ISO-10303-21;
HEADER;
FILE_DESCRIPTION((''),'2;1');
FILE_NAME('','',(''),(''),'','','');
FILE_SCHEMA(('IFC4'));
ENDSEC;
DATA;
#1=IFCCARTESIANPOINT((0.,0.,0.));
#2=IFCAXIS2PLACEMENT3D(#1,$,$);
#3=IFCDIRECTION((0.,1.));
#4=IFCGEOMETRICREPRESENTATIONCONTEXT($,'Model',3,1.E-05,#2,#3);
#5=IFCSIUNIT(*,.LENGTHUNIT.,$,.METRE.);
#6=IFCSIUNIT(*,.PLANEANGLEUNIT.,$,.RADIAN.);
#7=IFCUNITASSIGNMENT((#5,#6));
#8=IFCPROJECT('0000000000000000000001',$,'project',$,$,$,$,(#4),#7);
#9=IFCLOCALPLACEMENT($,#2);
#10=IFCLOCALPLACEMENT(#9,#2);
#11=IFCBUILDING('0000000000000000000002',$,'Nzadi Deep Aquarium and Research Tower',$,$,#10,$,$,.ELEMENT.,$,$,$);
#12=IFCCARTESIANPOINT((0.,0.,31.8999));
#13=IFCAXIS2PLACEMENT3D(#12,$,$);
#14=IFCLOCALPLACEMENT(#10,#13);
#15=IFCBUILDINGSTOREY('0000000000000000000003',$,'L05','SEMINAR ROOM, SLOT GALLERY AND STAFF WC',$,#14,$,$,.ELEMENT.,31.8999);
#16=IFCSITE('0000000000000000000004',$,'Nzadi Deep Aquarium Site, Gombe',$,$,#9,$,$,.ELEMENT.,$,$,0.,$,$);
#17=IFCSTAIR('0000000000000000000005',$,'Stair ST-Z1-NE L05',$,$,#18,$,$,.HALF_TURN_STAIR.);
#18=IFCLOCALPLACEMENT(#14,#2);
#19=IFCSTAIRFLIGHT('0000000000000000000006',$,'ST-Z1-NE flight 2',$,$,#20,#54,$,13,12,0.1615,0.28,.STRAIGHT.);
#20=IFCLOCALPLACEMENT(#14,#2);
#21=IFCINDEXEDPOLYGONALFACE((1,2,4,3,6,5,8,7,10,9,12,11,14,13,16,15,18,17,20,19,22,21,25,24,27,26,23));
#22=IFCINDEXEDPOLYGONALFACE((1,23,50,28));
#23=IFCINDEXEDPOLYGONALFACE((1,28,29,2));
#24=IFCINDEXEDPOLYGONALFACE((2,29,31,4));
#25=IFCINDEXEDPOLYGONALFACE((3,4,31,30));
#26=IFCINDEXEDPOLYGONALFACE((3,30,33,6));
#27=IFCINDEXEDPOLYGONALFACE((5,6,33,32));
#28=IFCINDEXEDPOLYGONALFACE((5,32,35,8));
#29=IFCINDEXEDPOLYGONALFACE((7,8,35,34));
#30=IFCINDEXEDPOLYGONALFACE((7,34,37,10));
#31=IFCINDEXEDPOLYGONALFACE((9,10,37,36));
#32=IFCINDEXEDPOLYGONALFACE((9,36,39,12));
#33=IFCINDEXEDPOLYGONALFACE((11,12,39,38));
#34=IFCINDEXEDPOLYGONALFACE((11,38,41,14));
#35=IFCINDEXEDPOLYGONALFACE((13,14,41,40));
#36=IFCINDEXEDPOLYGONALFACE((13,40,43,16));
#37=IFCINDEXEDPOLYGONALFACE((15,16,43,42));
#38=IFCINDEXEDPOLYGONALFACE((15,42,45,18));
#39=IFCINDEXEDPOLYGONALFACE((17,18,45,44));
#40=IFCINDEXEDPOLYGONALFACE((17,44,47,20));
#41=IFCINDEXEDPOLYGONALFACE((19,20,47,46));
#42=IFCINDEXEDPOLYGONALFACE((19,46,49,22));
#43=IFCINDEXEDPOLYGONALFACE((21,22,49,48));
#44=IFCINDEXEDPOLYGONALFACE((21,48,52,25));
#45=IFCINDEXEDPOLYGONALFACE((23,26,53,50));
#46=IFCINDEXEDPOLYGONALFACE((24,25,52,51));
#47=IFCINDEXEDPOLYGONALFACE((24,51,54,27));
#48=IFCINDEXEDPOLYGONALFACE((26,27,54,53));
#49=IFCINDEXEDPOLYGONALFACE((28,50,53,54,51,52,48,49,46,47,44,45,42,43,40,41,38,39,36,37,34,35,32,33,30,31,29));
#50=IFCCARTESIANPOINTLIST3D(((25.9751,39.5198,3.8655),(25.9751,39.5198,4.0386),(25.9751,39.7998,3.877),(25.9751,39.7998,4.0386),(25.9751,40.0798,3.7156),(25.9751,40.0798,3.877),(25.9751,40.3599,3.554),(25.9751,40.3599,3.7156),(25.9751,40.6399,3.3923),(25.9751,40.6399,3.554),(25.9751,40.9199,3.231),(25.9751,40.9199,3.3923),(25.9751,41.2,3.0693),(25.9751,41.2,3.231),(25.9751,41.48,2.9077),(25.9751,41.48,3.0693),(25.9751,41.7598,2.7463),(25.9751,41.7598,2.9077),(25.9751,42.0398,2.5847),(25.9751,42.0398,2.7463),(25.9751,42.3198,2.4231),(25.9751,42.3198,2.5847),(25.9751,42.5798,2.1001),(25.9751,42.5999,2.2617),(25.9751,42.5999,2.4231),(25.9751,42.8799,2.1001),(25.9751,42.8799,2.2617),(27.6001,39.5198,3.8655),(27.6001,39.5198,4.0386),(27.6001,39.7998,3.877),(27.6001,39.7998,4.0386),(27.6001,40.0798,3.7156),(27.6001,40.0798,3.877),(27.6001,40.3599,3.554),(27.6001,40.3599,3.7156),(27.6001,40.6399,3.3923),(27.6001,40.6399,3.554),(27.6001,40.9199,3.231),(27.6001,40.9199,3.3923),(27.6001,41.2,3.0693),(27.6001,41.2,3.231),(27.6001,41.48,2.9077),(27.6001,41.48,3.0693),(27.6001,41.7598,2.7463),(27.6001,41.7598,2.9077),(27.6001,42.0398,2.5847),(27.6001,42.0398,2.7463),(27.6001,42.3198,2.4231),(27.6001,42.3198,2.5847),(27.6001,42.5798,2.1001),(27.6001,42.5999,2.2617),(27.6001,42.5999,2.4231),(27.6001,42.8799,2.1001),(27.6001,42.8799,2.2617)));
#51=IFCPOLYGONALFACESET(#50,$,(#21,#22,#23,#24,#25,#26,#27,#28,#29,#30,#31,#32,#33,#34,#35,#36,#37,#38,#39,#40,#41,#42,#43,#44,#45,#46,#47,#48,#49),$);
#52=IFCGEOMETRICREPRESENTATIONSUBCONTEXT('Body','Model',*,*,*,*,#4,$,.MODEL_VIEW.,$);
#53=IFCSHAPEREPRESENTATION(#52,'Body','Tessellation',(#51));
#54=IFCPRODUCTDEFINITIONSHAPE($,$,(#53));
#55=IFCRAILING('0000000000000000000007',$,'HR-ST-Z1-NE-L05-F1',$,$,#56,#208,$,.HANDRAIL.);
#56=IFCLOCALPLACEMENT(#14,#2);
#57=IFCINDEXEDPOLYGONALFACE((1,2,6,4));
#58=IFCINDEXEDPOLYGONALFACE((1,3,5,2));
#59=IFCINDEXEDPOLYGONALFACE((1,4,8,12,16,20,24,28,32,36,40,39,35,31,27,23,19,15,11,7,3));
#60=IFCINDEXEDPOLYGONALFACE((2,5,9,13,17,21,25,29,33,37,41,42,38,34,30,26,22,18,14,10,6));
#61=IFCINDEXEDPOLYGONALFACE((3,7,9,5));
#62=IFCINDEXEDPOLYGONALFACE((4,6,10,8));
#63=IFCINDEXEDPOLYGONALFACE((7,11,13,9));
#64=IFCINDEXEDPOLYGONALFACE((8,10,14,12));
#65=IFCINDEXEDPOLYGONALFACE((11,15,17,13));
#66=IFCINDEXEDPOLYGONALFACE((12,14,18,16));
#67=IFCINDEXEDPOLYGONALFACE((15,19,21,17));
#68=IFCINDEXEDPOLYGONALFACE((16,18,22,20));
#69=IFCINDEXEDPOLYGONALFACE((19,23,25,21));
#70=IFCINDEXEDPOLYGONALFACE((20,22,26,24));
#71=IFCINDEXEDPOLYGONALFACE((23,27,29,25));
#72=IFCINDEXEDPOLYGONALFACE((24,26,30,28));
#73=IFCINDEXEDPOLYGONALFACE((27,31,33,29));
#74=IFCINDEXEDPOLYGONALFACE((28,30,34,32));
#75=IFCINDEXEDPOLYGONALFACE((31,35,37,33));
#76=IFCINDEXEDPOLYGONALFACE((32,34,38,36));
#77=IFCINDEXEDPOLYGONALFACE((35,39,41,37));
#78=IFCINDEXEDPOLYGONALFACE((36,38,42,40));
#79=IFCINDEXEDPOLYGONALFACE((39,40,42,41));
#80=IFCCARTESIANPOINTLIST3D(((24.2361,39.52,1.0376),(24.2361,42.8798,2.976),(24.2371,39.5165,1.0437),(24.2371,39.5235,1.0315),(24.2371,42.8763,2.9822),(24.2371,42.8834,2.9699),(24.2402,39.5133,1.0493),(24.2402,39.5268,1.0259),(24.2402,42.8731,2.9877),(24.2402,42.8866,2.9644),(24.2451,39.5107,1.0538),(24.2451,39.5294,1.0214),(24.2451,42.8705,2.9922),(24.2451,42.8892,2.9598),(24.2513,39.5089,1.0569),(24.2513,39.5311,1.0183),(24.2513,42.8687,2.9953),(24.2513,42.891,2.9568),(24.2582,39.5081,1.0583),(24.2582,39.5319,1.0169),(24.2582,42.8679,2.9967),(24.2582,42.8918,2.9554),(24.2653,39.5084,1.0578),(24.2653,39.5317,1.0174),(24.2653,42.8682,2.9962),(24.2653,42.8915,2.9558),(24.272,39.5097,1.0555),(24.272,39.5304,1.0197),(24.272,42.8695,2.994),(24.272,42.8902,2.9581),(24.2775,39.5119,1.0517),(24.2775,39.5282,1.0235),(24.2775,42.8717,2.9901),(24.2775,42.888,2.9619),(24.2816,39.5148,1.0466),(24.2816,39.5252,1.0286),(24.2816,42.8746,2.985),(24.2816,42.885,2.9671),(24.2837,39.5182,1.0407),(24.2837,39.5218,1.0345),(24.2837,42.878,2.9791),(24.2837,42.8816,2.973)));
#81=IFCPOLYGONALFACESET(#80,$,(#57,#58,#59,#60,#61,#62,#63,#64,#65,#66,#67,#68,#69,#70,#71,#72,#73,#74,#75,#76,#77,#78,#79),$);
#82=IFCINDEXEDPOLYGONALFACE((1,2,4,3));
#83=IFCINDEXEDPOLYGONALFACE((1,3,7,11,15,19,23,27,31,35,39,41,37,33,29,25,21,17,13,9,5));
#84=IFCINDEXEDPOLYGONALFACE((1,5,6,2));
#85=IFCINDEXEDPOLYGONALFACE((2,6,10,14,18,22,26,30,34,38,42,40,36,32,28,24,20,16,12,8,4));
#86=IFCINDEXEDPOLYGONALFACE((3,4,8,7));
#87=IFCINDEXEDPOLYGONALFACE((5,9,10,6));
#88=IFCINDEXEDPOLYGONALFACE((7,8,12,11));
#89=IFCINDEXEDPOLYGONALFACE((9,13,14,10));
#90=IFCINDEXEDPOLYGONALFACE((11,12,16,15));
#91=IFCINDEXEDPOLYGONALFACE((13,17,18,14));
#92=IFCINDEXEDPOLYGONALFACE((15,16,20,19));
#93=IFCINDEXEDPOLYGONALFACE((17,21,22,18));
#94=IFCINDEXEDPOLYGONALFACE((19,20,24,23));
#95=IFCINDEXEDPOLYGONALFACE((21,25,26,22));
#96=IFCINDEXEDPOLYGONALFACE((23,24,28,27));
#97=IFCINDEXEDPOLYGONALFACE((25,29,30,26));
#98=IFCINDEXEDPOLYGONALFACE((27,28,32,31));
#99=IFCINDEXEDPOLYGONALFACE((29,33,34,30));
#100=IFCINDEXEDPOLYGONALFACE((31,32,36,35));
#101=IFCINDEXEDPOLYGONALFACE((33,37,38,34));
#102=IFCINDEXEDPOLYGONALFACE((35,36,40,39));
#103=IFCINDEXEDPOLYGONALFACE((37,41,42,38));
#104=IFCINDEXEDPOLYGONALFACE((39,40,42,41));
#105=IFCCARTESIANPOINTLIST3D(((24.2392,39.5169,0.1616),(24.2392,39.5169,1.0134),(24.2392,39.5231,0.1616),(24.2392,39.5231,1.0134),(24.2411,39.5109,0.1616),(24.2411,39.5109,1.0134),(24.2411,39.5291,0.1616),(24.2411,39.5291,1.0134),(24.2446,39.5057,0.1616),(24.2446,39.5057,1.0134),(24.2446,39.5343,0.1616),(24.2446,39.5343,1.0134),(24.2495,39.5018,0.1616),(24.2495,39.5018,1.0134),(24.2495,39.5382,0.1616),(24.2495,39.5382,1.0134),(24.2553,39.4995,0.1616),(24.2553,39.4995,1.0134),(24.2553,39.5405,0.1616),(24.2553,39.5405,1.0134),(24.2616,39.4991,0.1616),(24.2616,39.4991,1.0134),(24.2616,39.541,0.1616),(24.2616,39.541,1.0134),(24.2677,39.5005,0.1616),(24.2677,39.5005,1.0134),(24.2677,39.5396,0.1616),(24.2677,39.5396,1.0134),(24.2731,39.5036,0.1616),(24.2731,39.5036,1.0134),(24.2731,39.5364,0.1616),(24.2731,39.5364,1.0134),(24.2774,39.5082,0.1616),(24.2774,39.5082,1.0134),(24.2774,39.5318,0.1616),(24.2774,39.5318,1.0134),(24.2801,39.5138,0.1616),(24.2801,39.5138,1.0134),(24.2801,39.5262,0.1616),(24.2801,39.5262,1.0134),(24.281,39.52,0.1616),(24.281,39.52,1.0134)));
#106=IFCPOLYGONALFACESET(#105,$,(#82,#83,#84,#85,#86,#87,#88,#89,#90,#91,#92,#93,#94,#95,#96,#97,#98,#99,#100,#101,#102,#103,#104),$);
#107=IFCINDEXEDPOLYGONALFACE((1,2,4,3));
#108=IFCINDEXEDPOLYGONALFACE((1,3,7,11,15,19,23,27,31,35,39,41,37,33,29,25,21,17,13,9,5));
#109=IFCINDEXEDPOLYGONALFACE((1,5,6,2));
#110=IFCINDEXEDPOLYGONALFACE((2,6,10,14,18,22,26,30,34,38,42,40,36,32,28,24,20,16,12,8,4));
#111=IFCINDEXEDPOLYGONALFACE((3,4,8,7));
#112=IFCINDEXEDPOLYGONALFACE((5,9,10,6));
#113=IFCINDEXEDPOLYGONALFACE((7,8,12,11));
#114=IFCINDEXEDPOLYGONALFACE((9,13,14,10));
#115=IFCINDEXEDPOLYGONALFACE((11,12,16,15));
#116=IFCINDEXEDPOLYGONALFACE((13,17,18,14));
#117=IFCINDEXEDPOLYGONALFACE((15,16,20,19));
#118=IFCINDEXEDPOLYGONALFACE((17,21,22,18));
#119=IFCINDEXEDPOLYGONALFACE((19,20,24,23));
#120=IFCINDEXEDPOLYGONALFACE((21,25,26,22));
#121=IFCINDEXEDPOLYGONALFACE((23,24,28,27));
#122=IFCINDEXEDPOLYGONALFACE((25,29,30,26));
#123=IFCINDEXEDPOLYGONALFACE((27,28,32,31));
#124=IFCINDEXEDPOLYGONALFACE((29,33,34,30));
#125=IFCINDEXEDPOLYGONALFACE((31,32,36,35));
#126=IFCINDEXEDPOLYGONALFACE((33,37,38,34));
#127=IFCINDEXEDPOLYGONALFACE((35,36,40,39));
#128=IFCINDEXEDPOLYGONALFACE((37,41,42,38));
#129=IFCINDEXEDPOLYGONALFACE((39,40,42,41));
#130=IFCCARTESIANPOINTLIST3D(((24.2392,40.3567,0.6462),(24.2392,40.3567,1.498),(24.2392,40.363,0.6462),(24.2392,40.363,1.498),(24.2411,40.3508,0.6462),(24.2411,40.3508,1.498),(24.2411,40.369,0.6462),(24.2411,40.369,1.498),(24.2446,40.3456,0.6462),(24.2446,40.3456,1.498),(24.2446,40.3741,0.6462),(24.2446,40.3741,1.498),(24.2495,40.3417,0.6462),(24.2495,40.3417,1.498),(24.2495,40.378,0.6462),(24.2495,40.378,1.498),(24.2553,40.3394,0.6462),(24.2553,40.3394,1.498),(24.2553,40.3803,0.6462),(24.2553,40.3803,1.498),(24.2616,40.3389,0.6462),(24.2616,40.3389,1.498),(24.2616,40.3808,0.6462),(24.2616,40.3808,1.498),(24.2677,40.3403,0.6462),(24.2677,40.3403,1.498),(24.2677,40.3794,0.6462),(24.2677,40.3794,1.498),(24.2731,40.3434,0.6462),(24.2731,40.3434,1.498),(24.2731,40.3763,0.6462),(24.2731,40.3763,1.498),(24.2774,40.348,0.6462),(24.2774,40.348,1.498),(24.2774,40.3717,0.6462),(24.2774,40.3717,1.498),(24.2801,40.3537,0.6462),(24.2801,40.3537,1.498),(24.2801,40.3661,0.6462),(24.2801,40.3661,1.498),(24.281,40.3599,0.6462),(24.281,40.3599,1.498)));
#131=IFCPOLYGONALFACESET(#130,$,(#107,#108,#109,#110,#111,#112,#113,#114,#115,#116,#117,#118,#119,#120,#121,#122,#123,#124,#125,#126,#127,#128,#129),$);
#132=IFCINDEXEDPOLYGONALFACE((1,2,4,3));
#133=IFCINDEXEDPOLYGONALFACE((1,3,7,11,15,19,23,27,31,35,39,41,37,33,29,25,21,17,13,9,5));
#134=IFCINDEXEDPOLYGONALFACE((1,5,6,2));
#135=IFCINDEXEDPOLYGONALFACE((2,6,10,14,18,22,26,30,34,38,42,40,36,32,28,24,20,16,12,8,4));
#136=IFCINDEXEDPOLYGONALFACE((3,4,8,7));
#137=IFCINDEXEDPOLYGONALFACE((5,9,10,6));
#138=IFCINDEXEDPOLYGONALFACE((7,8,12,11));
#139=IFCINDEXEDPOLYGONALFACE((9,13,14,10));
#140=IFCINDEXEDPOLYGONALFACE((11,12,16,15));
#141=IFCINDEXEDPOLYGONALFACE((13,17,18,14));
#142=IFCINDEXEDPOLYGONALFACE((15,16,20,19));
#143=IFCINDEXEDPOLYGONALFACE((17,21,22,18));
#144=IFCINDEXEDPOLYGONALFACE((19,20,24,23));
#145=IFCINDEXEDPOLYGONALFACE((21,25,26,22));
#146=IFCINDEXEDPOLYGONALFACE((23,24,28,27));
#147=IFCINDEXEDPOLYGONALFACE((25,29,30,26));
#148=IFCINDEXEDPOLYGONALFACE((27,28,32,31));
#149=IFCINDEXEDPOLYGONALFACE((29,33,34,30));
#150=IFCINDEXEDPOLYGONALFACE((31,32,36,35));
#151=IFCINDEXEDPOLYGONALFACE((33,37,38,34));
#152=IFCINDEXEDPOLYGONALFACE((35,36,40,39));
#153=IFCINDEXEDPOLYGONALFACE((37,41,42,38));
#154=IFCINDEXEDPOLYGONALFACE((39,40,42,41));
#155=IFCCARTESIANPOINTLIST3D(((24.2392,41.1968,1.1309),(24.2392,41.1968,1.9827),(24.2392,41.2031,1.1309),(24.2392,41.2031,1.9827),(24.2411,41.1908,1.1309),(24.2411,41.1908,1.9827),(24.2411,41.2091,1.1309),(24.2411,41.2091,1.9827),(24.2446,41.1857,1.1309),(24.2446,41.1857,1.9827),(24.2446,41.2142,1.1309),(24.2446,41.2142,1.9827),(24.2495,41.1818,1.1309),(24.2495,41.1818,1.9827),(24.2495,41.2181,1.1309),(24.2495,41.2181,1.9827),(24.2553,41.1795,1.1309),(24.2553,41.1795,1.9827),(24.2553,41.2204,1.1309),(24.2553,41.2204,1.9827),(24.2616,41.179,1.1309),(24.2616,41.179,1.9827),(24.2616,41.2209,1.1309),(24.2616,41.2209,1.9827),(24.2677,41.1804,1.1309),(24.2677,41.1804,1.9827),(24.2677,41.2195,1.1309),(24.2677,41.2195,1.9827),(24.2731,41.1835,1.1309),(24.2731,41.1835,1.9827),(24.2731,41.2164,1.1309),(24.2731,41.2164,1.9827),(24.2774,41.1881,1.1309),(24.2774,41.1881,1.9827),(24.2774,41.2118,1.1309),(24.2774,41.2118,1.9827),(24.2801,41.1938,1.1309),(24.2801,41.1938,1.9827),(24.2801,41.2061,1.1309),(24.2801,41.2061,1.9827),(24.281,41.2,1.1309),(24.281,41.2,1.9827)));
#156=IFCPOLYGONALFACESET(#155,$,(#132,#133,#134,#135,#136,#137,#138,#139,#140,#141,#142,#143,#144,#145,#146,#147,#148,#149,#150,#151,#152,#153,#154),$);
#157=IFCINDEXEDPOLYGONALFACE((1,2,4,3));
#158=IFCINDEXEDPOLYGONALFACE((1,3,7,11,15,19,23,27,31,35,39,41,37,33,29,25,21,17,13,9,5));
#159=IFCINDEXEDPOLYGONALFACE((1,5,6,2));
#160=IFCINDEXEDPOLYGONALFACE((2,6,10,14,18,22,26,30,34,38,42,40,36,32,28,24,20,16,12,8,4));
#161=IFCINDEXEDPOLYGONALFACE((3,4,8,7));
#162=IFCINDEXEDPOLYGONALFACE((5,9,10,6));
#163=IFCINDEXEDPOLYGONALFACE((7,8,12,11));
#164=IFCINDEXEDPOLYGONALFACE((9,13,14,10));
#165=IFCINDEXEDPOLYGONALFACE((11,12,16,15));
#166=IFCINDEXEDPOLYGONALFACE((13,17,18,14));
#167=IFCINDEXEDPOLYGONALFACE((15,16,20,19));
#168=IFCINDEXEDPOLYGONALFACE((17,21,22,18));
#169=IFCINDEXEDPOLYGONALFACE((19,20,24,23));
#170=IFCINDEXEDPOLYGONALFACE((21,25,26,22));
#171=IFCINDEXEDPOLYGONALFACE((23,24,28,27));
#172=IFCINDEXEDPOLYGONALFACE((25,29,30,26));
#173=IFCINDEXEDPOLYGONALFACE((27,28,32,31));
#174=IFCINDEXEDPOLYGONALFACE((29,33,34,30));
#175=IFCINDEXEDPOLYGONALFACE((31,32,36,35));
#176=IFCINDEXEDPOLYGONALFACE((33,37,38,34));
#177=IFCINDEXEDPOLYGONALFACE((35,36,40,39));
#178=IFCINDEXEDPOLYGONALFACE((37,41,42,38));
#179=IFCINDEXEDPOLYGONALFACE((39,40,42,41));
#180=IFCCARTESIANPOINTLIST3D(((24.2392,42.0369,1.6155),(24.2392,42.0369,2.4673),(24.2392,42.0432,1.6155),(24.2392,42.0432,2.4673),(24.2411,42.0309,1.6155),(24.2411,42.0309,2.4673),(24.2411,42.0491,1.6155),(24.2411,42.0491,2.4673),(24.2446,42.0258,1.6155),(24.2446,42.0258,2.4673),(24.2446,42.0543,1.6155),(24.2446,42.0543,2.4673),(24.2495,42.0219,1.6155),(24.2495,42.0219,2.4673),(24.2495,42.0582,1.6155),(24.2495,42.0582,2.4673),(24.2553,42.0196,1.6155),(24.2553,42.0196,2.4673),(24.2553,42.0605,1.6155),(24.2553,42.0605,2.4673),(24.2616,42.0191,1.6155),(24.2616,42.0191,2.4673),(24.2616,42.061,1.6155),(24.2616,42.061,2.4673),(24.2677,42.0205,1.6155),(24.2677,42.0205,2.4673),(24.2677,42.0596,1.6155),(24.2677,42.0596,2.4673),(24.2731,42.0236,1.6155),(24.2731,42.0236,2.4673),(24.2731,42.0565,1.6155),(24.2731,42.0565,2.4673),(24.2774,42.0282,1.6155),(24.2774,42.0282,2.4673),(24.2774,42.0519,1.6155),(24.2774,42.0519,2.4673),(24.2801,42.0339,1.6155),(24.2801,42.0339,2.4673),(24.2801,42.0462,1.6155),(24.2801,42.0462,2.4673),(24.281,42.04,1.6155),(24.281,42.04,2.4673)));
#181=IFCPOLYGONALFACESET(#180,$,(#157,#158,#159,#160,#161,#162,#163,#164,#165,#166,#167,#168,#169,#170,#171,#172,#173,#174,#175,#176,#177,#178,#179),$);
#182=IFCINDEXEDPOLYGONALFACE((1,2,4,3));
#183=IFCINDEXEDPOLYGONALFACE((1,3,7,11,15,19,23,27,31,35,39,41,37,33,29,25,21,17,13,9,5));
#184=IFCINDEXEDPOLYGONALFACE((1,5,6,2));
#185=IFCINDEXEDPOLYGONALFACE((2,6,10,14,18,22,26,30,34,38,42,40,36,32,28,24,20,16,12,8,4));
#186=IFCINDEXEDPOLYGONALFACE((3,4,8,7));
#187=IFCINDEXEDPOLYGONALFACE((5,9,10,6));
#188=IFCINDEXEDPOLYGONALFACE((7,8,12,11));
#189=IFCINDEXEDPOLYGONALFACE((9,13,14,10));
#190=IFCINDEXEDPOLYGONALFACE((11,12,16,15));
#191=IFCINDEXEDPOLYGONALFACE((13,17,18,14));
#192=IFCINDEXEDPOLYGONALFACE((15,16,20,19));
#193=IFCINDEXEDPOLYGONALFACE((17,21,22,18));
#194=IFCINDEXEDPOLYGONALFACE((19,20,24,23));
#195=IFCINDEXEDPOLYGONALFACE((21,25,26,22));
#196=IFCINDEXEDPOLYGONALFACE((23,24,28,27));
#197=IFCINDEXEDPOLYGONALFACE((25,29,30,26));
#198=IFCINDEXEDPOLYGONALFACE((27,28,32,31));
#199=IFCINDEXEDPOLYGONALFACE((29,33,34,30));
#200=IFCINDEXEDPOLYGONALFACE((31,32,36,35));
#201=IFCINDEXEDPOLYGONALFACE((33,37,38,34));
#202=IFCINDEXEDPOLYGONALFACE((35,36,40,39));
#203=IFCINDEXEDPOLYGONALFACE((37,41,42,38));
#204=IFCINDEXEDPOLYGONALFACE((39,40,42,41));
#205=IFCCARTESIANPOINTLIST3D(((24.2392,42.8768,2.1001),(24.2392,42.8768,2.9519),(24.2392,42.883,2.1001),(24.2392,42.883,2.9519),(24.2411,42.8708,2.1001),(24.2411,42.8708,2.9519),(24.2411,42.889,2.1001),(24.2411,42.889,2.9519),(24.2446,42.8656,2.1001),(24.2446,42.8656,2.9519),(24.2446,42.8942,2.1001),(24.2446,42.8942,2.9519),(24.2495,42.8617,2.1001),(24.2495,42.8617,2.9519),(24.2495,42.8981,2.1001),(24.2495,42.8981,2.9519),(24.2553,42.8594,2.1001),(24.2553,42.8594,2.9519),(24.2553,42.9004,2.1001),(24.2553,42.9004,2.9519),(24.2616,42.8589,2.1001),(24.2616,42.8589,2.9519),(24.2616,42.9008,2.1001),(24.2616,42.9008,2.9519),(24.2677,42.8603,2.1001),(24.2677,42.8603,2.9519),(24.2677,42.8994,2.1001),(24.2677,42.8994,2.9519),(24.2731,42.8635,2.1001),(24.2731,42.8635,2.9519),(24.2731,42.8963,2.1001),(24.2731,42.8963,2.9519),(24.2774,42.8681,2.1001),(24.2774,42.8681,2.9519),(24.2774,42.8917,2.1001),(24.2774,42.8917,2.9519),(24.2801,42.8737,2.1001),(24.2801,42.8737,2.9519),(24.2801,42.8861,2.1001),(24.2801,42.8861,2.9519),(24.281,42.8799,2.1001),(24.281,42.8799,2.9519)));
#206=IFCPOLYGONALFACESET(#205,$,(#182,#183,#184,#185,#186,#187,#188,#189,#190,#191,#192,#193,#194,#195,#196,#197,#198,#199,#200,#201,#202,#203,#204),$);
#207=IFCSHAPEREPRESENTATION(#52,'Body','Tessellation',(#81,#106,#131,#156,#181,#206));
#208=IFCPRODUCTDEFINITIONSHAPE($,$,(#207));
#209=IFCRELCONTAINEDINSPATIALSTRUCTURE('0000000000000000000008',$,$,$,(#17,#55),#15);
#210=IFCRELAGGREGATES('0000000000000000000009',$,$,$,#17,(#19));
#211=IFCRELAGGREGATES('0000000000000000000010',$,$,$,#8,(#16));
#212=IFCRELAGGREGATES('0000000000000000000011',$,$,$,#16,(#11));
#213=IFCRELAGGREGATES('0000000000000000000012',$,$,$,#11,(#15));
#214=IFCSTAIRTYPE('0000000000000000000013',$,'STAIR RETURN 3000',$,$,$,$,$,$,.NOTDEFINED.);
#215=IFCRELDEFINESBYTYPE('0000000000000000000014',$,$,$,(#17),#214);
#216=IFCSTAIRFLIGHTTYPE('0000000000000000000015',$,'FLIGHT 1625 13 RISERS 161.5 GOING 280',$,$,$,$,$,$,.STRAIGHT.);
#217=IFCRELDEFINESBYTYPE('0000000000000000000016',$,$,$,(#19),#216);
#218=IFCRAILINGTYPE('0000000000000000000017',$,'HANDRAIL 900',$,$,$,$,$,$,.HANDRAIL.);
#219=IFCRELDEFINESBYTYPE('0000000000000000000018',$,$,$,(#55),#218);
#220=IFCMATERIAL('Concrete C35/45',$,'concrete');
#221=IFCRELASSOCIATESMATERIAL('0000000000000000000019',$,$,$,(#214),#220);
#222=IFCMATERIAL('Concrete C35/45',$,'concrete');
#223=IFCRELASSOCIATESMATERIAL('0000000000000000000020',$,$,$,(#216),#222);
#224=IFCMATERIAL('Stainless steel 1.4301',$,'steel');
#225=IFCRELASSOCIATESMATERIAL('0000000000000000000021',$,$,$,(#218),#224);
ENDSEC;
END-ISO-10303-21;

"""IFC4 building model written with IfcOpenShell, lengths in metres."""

from ifc_helpers import new_model, si_unit, direction, frame, origin, origin_2d, place, context, subcontext, project, spatial, polyline, circle, outline, extrude, material, type_object, element, aggregate, save


model = new_model("IFC4")

# Units and contexts
model_context = context("Model", 3, precision=1e-05, world=origin(), true_north=direction((0.0, 1.0)))
body_context = subcontext(model_context, "Body", "Model", "MODEL_VIEW")
ifc_project = project(units=[si_unit("LENGTHUNIT", "METRE"), si_unit("PLANEANGLEUNIT", "RADIAN")], contexts=[model_context])

# Site, building, storey
site_placement = place(None, origin())
site = spatial("IfcSite", under=ifc_project, at=site_placement, Name="Nzadi Deep Aquarium Site, Gombe", CompositionType="ELEMENT", RefElevation=0.0)
building_placement = place(site_placement, origin())
building = spatial("IfcBuilding", under=site, at=building_placement, Name="Nzadi Deep Aquarium and Research Tower", CompositionType="ELEMENT")
storey_placement = place(building_placement, frame((0.0, 0.0, 31.8999)))
storey = spatial("IfcBuildingStorey", under=building, at=storey_placement, Name="L05", Description="SEMINAR ROOM, SLOT GALLERY AND STAFF WC", CompositionType="ELEMENT", Elevation=31.8999)

# Stair, stair flight
ifc_material_1 = material(Name="Concrete C35/45", Category="concrete")
stair_type = type_object("IfcStairType", Name="STAIR RETURN 3000", PredefinedType="NOTDEFINED", material=ifc_material_1)
stair_placement = place(storey_placement, origin())
stair = element("IfcStair", 1, at=stair_placement, inside=storey, type_object=stair_type, Name="Stair ST-Z1-NE L05", PredefinedType="HALF_TURN_STAIR")
ifc_material_2 = material(Name="Concrete C35/45", Category="concrete")
stair_flight_type = type_object("IfcStairFlightType", Name="FLIGHT 1625 13 RISERS 161.5 GOING 280", PredefinedType="STRAIGHT", material=ifc_material_2)
stair_flight_1_placement = place(storey_placement, frame((26.7876, 42.8799, 2.1001), z_axis=(0.0, 0.0, 1.0), x_axis=(0.0, -1.0, 0.0)))
stair_flight_1 = element("IfcStairFlight", 2, at=stair_flight_1_placement, type_object=stair_flight_type, Name="ST-Z1-NE flight 2", NumberOfRisers=13, NumberOfTreads=12, PredefinedType="STRAIGHT", RiserHeight=0.1615, TreadLength=0.28, context=body_context, shape_type="SweptSolid", body=[
    extrude(outline(polyline([(0.0, 0.0), (0.0, 0.1616), (0.28, 0.1616), (0.28, 0.323), (0.5601, 0.323), (0.5601, 0.4846), (0.8401, 0.4846), (0.8401, 0.6462), (1.1201, 0.6462), (1.1201, 0.8076), (1.3999, 0.8076), (1.3999, 0.9692), (1.6799, 0.9692), (1.6799, 1.1309), (1.96, 1.1309), (1.96, 1.2922), (2.24, 1.2922), (2.24, 1.4539), (2.52, 1.4539), (2.52, 1.6155), (2.8, 1.6155), (2.8, 1.7769), (3.0801, 1.7769), (3.0801, 1.9385), (3.3601, 1.9385), (3.3601, 2.1001), (3.3601, 1.7654), (0.3, 0.0), (0.0, 0.0)])), frame((0.0, 0.8125, 0.0), z_axis=(0.0, -1.0, 0.0), x_axis=(1.0, 0.0, 0.0)), (0.0, 0.0, 1.0), 1.625),
])
aggregate(stair, [stair_flight_1])

# Railing
ifc_material_3 = material(Name="Stainless steel 1.4301", Category="steel")
railing_type = type_object("IfcRailingType", Name="HANDRAIL 900", PredefinedType="HANDRAIL", material=ifc_material_3)
for number, where, name in (
    (3, (24.26, 39.52, 0.1616), "HR-ST-Z1-NE-L05-F1"),
):
    element("IfcRailing", number, at=place(storey_placement, frame(where)), inside=storey, type_object=railing_type, Name=name, PredefinedType="HANDRAIL", context=body_context, shape_type="SweptSolid", body=[
        extrude(circle(Radius=0.0239, at=origin_2d()), frame((0.0, 0.0, 0.876), z_axis=(0.0, 0.866175, 0.499741), x_axis=(-1.0, 0.0, 0.0)), (0.0, 0.0, 1.0), 3.8789),
        extrude(circle(Radius=0.021, at=origin_2d()), origin(), (0.0, 0.0, 1.0), 0.8518),
        extrude(circle(Radius=0.021, at=origin_2d()), frame((0.0, 0.8398, 0.4846)), (0.0, 0.0, 1.0), 0.8518),
        extrude(circle(Radius=0.021, at=origin_2d()), frame((0.0, 1.6799, 0.9692)), (0.0, 0.0, 1.0), 0.8518),
        extrude(circle(Radius=0.021, at=origin_2d()), frame((0.0, 2.52, 1.4539)), (0.0, 0.0, 1.0), 0.8518),
        extrude(circle(Radius=0.021, at=origin_2d()), frame((0.0, 3.3599, 1.9385)), (0.0, 0.0, 1.0), 0.8518),
    ])

save(model, "model.ifc")
